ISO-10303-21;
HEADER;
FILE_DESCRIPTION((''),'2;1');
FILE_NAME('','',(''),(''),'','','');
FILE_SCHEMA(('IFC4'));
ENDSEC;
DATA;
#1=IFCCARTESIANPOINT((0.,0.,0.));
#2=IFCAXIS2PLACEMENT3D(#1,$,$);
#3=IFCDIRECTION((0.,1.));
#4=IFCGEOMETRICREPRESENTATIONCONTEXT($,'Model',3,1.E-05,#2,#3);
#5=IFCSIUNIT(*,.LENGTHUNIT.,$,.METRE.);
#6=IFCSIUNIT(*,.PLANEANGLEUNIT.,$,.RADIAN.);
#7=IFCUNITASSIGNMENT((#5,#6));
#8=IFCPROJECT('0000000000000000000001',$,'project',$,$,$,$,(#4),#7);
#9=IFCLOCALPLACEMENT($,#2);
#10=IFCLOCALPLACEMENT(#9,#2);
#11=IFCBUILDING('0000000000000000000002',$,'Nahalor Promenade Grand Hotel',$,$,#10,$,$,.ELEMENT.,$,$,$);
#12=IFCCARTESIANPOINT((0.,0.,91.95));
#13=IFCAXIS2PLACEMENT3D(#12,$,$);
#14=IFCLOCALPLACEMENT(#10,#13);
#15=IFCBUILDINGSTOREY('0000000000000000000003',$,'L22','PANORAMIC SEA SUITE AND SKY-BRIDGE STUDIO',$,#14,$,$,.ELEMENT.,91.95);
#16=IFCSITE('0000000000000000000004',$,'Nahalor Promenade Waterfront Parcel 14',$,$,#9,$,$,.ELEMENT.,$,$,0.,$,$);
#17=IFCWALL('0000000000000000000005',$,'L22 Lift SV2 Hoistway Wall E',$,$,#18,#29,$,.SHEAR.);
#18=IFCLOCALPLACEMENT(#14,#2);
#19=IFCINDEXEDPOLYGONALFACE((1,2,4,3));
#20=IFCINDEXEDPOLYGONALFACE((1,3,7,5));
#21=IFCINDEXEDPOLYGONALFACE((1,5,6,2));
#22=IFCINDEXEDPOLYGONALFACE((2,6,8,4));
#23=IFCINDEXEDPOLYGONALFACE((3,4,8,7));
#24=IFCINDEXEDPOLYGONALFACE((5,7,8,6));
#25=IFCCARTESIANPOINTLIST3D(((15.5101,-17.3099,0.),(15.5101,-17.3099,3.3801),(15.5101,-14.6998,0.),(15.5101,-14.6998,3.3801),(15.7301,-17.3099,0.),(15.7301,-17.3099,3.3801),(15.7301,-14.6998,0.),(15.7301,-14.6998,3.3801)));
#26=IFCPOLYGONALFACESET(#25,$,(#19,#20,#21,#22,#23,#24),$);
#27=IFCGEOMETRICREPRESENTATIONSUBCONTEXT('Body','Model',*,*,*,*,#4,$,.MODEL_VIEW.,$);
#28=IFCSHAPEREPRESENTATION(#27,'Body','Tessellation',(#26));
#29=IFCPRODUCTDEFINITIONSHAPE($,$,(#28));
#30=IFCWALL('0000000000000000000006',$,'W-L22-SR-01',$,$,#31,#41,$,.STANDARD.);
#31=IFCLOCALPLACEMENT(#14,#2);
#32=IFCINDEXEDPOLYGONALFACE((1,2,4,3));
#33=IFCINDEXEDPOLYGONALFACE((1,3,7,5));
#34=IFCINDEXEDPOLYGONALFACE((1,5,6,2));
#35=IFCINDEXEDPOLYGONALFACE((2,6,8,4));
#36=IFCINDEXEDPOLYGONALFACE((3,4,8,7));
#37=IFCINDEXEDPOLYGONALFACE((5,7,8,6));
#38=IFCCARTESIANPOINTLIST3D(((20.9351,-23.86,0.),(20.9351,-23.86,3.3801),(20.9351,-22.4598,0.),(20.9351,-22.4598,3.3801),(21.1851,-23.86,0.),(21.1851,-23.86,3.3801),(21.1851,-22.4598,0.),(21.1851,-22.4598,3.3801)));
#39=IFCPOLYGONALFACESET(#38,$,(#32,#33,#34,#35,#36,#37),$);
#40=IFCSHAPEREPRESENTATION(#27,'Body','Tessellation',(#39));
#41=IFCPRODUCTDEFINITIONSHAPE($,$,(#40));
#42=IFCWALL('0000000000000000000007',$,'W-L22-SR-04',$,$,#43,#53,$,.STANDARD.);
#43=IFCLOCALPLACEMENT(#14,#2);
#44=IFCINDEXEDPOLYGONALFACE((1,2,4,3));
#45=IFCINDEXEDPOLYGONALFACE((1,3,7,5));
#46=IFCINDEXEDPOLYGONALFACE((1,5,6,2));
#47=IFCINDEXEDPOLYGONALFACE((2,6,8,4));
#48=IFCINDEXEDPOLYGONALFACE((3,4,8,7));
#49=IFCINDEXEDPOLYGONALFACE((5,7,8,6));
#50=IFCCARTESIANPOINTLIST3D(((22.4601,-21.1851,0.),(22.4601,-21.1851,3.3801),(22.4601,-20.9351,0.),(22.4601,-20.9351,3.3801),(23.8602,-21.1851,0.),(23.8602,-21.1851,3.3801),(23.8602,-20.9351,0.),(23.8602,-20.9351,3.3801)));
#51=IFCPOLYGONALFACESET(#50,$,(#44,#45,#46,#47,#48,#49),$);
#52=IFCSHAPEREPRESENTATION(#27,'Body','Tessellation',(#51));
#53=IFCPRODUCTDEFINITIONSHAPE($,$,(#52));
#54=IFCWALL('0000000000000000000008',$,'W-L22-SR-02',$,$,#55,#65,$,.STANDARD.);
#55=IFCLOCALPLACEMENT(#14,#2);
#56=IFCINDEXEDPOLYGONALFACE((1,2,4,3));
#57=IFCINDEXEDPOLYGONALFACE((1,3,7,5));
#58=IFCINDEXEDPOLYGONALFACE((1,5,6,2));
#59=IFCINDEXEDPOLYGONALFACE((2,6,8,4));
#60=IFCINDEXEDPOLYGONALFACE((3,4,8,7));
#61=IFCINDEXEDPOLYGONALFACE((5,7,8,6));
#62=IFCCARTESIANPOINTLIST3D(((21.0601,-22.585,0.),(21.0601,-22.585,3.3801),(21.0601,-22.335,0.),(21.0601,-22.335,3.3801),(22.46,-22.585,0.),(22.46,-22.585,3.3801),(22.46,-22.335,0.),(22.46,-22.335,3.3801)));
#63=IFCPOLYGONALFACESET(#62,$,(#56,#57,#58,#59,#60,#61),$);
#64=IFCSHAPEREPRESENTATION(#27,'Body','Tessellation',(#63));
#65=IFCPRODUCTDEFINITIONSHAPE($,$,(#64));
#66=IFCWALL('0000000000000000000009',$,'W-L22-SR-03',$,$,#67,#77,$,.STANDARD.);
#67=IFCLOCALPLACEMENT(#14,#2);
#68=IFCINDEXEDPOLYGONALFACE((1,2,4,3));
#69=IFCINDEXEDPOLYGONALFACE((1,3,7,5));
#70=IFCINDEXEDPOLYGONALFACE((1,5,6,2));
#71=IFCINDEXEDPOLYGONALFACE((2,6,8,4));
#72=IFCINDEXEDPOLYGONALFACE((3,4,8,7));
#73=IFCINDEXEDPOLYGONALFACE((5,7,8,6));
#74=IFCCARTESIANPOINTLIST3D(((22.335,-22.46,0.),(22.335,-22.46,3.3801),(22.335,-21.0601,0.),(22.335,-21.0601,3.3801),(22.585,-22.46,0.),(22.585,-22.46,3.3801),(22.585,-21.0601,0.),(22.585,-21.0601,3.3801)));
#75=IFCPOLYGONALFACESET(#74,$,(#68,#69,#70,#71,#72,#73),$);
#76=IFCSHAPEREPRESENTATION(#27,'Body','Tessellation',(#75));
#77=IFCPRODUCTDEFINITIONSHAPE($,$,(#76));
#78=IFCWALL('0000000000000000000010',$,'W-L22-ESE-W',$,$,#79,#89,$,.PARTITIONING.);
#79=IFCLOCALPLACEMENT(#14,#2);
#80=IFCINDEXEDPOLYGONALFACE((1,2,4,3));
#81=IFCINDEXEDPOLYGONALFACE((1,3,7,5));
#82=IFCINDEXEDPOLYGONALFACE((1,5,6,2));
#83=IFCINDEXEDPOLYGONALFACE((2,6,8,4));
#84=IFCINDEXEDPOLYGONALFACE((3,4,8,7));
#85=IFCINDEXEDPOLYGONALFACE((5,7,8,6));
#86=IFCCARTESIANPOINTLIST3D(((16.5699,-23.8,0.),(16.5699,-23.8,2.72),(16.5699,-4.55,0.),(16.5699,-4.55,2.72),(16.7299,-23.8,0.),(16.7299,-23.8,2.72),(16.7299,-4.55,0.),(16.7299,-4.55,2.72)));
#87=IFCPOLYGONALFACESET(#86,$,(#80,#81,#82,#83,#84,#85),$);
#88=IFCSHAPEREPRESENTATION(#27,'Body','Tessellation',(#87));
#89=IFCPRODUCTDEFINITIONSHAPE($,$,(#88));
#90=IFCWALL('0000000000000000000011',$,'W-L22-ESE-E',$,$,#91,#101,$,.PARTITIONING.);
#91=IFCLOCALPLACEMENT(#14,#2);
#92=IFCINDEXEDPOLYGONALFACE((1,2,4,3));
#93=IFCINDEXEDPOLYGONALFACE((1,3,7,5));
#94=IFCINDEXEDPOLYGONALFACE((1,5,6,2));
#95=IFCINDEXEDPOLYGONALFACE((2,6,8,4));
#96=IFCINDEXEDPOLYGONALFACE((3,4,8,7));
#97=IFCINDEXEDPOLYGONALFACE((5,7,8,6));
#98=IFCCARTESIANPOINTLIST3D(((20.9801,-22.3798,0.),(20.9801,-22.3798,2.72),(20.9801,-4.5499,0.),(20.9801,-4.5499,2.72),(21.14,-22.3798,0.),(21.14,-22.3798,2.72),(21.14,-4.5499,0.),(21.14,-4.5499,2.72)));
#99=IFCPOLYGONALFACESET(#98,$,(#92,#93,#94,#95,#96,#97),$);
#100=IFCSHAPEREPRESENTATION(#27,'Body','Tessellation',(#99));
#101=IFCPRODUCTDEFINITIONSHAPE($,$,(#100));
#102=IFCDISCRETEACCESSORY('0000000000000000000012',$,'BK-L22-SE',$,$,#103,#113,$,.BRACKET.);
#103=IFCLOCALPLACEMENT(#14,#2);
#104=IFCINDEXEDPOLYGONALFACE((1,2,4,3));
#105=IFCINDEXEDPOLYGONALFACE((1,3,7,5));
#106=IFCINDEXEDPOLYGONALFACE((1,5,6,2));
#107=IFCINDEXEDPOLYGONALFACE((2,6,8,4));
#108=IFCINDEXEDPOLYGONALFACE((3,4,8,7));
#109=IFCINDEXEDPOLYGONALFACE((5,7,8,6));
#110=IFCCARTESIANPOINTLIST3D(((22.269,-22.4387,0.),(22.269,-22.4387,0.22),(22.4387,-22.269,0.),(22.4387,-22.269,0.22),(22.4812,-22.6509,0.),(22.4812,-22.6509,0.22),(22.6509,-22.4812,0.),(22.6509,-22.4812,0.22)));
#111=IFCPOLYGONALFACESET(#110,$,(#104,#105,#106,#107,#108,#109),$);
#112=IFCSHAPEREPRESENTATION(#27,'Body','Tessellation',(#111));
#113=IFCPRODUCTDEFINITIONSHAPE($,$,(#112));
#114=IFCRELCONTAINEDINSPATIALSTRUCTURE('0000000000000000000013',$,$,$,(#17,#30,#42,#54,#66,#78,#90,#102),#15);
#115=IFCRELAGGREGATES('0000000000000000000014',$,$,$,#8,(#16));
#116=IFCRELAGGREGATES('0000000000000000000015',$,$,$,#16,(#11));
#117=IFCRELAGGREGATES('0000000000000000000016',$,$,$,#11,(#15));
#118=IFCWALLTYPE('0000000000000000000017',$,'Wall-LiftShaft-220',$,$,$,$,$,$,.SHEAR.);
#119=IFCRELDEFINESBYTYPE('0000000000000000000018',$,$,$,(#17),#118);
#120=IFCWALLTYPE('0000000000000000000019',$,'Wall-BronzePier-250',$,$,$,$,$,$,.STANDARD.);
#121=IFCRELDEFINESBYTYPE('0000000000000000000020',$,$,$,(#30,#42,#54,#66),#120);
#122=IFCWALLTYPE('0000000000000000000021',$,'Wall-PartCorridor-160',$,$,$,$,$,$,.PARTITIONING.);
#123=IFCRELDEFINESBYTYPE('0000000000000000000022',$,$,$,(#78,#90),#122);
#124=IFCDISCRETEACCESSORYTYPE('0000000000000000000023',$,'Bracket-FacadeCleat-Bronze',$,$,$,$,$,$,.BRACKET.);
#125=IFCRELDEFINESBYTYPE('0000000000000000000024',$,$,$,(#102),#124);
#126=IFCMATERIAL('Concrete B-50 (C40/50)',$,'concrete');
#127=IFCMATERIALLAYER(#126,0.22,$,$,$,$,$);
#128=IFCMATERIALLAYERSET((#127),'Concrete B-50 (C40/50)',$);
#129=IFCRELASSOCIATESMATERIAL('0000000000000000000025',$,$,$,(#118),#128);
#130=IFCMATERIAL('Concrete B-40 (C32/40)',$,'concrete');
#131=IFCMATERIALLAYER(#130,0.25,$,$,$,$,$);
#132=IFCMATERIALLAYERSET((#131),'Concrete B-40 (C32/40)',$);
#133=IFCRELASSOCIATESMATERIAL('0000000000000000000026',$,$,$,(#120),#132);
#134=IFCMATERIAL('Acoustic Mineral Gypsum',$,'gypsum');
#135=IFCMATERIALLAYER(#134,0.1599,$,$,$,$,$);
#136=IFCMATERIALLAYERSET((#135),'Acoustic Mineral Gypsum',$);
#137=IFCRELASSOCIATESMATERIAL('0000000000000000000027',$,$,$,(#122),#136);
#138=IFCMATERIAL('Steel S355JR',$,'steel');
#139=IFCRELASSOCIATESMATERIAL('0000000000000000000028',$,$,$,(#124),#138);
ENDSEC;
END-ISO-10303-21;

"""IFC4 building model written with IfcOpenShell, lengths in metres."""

from ifc_helpers import new_model, si_unit, direction, frame, frame_2d, origin, origin_2d, place, context, subcontext, project, spatial, rectangle, extrude, source, transform, mapped, material, layer, layer_set, type_object, element, save


model = new_model("IFC4")

# Units and contexts
model_context = context("Model", 3, precision=1e-05, world=origin(), true_north=direction((0.0, 1.0)))
body_context = subcontext(model_context, "Body", "Model", "MODEL_VIEW")
ifc_project = project(units=[si_unit("LENGTHUNIT", "METRE"), si_unit("PLANEANGLEUNIT", "RADIAN")], contexts=[model_context])

# Site, building, storey
site_placement = place(None, origin())
site = spatial("IfcSite", under=ifc_project, at=site_placement, Name="Nahalor Promenade Waterfront Parcel 14", CompositionType="ELEMENT", RefElevation=0.0)
building_placement = place(site_placement, origin())
building = spatial("IfcBuilding", under=site, at=building_placement, Name="Nahalor Promenade Grand Hotel", CompositionType="ELEMENT")
storey_placement = place(building_placement, frame((0.0, 0.0, 91.95)))
storey = spatial("IfcBuildingStorey", under=building, at=storey_placement, Name="L22", Description="PANORAMIC SEA SUITE AND SKY-BRIDGE STUDIO", CompositionType="ELEMENT", Elevation=91.95)

# Shared definitions
ifc_material_1 = material(Name="Steel S355JR", Category="steel")

# Walls
ifc_material_2 = material(Name="Concrete B-50 (C40/50)", Category="concrete")
ifc_layer_1 = layer(ifc_material_2, 0.22)
ifc_layer_set_1 = layer_set([ifc_layer_1], Name="Concrete B-50 (C40/50)")
wall_type_1 = type_object("IfcWallType", Name="Wall-LiftShaft-220", PredefinedType="SHEAR", material=ifc_layer_set_1)
shared_shape_1 = source(origin(), body_context, "Body", "SweptSolid", [
    extrude(rectangle(XDim=2.6101, YDim=0.22, at=frame_2d((1.3052, 0.0))), origin(), (0.0, 0.0, 1.0), 3.3801),
])
wall_1_placement = place(storey_placement, frame((15.6201, -17.3101, 0.0), z_axis=(0.0, 0.0, 1.0), x_axis=(0.0, 1.0, 0.0)))
element("IfcWall", 1, at=wall_1_placement, inside=storey, type_object=wall_type_1, Name="L22 Lift SV2 Hoistway Wall E", PredefinedType="SHEAR", context=body_context, shape_type="MappedRepresentation", body=[
    mapped(shared_shape_1, transform((0.0, 0.0, 0.0), scale=1.0)),
])
ifc_material_3 = material(Name="Concrete B-40 (C32/40)", Category="concrete")
ifc_layer_2 = layer(ifc_material_3, 0.25)
ifc_layer_set_2 = layer_set([ifc_layer_2], Name="Concrete B-40 (C32/40)")
wall_type_2 = type_object("IfcWallType", Name="Wall-BronzePier-250", PredefinedType="STANDARD", material=ifc_layer_set_2)
shared_shape_2 = source(origin(), body_context, "Body", "SweptSolid", [
    extrude(rectangle(XDim=1.4001, YDim=0.25, at=frame_2d((0.7002, 0.0))), origin(), (0.0, 0.0, 1.0), 3.3801),
])
for number, where, z_axis, x_axis, name in (
    (2, (21.0601, -23.8601, 0.0), (0.0, 0.0, 1.0), (0.0, 1.0, 0.0), "W-L22-SR-01"),
    (3, (22.46, -21.0601, 0.0), (0.0, 0.0, 1.0), (1.0, 0.0, 0.0), "W-L22-SR-04"),
):
    element("IfcWall", number, at=place(storey_placement, frame(where, z_axis=z_axis, x_axis=x_axis)), inside=storey, type_object=wall_type_2, Name=name, PredefinedType="STANDARD", context=body_context, shape_type="MappedRepresentation", body=[
        mapped(shared_shape_2, transform((0.0, 0.0, 0.0), scale=1.0)),
    ])
shared_shape_3 = source(origin(), body_context, "Body", "SweptSolid", [
    extrude(rectangle(XDim=1.3999, YDim=0.25, at=frame_2d((0.7, 0.0))), origin(), (0.0, 0.0, 1.0), 3.3801),
])
for number, where, z_axis, x_axis, name in (
    (4, (21.0601, -22.46, 0.0), (0.0, 0.0, 1.0), (1.0, 0.0, 0.0), "W-L22-SR-02"),
    (5, (22.46, -22.46, 0.0), (0.0, 0.0, 1.0), (0.0, 1.0, 0.0), "W-L22-SR-03"),
):
    element("IfcWall", number, at=place(storey_placement, frame(where, z_axis=z_axis, x_axis=x_axis)), inside=storey, type_object=wall_type_2, Name=name, PredefinedType="STANDARD", context=body_context, shape_type="MappedRepresentation", body=[
        mapped(shared_shape_3, transform((0.0, 0.0, 0.0), scale=1.0)),
    ])
ifc_material_4 = material(Name="Acoustic Mineral Gypsum", Category="gypsum")
ifc_layer_3 = layer(ifc_material_4, 0.1599)
ifc_layer_set_3 = layer_set([ifc_layer_3], Name="Acoustic Mineral Gypsum")
wall_type_3 = type_object("IfcWallType", Name="Wall-PartCorridor-160", PredefinedType="PARTITIONING", material=ifc_layer_set_3)
shared_shape_4 = source(origin(), body_context, "Body", "SweptSolid", [
    extrude(rectangle(XDim=19.25, YDim=0.1599, at=frame_2d((9.625, 0.0))), origin(), (0.0, 0.0, 1.0), 2.72),
])
wall_2_placement = place(storey_placement, frame((16.6499, -23.8, 0.0), z_axis=(0.0, 0.0, 1.0), x_axis=(0.0, 1.0, 0.0)))
element("IfcWall", 6, at=wall_2_placement, inside=storey, type_object=wall_type_3, Name="W-L22-ESE-W", PredefinedType="PARTITIONING", context=body_context, shape_type="MappedRepresentation", body=[
    mapped(shared_shape_4, transform((0.0, 0.0, 0.0), scale=1.0)),
])
shared_shape_5 = source(origin(), body_context, "Body", "SweptSolid", [
    extrude(rectangle(XDim=17.8298, YDim=0.1599, at=frame_2d((8.915, 0.0))), origin(), (0.0, 0.0, 1.0), 2.72),
])
wall_3_placement = place(storey_placement, frame((21.0601, -22.3799, 0.0), z_axis=(0.0, 0.0, 1.0), x_axis=(0.0, 1.0, 0.0)))
element("IfcWall", 7, at=wall_3_placement, inside=storey, type_object=wall_type_3, Name="W-L22-ESE-E", PredefinedType="PARTITIONING", context=body_context, shape_type="MappedRepresentation", body=[
    mapped(shared_shape_5, transform((0.0, 0.0, 0.0), scale=1.0)),
])

# Discrete accessory
discrete_accessory_type = type_object("IfcDiscreteAccessoryType", Name="Bracket-FacadeCleat-Bronze", PredefinedType="BRACKET", material=ifc_material_1)
shared_shape_6 = source(origin(), body_context, "Body", "SweptSolid", [
    extrude(rectangle(XDim=0.3, YDim=0.24, at=origin_2d()), origin(), (0.0, 0.0, 1.0), 0.22),
])
discrete_accessory_placement = place(storey_placement, frame((22.46, -22.46, 0.0), z_axis=(0.0, 0.0, 1.0), x_axis=(-0.707107, 0.707107, 0.0)))
element("IfcDiscreteAccessory", 8, at=discrete_accessory_placement, inside=storey, type_object=discrete_accessory_type, Name="BK-L22-SE", PredefinedType="BRACKET", context=body_context, shape_type="MappedRepresentation", body=[
    mapped(shared_shape_6, transform((0.0, 0.0, 0.0), scale=1.0)),
])

save(model, "model.ifc")
